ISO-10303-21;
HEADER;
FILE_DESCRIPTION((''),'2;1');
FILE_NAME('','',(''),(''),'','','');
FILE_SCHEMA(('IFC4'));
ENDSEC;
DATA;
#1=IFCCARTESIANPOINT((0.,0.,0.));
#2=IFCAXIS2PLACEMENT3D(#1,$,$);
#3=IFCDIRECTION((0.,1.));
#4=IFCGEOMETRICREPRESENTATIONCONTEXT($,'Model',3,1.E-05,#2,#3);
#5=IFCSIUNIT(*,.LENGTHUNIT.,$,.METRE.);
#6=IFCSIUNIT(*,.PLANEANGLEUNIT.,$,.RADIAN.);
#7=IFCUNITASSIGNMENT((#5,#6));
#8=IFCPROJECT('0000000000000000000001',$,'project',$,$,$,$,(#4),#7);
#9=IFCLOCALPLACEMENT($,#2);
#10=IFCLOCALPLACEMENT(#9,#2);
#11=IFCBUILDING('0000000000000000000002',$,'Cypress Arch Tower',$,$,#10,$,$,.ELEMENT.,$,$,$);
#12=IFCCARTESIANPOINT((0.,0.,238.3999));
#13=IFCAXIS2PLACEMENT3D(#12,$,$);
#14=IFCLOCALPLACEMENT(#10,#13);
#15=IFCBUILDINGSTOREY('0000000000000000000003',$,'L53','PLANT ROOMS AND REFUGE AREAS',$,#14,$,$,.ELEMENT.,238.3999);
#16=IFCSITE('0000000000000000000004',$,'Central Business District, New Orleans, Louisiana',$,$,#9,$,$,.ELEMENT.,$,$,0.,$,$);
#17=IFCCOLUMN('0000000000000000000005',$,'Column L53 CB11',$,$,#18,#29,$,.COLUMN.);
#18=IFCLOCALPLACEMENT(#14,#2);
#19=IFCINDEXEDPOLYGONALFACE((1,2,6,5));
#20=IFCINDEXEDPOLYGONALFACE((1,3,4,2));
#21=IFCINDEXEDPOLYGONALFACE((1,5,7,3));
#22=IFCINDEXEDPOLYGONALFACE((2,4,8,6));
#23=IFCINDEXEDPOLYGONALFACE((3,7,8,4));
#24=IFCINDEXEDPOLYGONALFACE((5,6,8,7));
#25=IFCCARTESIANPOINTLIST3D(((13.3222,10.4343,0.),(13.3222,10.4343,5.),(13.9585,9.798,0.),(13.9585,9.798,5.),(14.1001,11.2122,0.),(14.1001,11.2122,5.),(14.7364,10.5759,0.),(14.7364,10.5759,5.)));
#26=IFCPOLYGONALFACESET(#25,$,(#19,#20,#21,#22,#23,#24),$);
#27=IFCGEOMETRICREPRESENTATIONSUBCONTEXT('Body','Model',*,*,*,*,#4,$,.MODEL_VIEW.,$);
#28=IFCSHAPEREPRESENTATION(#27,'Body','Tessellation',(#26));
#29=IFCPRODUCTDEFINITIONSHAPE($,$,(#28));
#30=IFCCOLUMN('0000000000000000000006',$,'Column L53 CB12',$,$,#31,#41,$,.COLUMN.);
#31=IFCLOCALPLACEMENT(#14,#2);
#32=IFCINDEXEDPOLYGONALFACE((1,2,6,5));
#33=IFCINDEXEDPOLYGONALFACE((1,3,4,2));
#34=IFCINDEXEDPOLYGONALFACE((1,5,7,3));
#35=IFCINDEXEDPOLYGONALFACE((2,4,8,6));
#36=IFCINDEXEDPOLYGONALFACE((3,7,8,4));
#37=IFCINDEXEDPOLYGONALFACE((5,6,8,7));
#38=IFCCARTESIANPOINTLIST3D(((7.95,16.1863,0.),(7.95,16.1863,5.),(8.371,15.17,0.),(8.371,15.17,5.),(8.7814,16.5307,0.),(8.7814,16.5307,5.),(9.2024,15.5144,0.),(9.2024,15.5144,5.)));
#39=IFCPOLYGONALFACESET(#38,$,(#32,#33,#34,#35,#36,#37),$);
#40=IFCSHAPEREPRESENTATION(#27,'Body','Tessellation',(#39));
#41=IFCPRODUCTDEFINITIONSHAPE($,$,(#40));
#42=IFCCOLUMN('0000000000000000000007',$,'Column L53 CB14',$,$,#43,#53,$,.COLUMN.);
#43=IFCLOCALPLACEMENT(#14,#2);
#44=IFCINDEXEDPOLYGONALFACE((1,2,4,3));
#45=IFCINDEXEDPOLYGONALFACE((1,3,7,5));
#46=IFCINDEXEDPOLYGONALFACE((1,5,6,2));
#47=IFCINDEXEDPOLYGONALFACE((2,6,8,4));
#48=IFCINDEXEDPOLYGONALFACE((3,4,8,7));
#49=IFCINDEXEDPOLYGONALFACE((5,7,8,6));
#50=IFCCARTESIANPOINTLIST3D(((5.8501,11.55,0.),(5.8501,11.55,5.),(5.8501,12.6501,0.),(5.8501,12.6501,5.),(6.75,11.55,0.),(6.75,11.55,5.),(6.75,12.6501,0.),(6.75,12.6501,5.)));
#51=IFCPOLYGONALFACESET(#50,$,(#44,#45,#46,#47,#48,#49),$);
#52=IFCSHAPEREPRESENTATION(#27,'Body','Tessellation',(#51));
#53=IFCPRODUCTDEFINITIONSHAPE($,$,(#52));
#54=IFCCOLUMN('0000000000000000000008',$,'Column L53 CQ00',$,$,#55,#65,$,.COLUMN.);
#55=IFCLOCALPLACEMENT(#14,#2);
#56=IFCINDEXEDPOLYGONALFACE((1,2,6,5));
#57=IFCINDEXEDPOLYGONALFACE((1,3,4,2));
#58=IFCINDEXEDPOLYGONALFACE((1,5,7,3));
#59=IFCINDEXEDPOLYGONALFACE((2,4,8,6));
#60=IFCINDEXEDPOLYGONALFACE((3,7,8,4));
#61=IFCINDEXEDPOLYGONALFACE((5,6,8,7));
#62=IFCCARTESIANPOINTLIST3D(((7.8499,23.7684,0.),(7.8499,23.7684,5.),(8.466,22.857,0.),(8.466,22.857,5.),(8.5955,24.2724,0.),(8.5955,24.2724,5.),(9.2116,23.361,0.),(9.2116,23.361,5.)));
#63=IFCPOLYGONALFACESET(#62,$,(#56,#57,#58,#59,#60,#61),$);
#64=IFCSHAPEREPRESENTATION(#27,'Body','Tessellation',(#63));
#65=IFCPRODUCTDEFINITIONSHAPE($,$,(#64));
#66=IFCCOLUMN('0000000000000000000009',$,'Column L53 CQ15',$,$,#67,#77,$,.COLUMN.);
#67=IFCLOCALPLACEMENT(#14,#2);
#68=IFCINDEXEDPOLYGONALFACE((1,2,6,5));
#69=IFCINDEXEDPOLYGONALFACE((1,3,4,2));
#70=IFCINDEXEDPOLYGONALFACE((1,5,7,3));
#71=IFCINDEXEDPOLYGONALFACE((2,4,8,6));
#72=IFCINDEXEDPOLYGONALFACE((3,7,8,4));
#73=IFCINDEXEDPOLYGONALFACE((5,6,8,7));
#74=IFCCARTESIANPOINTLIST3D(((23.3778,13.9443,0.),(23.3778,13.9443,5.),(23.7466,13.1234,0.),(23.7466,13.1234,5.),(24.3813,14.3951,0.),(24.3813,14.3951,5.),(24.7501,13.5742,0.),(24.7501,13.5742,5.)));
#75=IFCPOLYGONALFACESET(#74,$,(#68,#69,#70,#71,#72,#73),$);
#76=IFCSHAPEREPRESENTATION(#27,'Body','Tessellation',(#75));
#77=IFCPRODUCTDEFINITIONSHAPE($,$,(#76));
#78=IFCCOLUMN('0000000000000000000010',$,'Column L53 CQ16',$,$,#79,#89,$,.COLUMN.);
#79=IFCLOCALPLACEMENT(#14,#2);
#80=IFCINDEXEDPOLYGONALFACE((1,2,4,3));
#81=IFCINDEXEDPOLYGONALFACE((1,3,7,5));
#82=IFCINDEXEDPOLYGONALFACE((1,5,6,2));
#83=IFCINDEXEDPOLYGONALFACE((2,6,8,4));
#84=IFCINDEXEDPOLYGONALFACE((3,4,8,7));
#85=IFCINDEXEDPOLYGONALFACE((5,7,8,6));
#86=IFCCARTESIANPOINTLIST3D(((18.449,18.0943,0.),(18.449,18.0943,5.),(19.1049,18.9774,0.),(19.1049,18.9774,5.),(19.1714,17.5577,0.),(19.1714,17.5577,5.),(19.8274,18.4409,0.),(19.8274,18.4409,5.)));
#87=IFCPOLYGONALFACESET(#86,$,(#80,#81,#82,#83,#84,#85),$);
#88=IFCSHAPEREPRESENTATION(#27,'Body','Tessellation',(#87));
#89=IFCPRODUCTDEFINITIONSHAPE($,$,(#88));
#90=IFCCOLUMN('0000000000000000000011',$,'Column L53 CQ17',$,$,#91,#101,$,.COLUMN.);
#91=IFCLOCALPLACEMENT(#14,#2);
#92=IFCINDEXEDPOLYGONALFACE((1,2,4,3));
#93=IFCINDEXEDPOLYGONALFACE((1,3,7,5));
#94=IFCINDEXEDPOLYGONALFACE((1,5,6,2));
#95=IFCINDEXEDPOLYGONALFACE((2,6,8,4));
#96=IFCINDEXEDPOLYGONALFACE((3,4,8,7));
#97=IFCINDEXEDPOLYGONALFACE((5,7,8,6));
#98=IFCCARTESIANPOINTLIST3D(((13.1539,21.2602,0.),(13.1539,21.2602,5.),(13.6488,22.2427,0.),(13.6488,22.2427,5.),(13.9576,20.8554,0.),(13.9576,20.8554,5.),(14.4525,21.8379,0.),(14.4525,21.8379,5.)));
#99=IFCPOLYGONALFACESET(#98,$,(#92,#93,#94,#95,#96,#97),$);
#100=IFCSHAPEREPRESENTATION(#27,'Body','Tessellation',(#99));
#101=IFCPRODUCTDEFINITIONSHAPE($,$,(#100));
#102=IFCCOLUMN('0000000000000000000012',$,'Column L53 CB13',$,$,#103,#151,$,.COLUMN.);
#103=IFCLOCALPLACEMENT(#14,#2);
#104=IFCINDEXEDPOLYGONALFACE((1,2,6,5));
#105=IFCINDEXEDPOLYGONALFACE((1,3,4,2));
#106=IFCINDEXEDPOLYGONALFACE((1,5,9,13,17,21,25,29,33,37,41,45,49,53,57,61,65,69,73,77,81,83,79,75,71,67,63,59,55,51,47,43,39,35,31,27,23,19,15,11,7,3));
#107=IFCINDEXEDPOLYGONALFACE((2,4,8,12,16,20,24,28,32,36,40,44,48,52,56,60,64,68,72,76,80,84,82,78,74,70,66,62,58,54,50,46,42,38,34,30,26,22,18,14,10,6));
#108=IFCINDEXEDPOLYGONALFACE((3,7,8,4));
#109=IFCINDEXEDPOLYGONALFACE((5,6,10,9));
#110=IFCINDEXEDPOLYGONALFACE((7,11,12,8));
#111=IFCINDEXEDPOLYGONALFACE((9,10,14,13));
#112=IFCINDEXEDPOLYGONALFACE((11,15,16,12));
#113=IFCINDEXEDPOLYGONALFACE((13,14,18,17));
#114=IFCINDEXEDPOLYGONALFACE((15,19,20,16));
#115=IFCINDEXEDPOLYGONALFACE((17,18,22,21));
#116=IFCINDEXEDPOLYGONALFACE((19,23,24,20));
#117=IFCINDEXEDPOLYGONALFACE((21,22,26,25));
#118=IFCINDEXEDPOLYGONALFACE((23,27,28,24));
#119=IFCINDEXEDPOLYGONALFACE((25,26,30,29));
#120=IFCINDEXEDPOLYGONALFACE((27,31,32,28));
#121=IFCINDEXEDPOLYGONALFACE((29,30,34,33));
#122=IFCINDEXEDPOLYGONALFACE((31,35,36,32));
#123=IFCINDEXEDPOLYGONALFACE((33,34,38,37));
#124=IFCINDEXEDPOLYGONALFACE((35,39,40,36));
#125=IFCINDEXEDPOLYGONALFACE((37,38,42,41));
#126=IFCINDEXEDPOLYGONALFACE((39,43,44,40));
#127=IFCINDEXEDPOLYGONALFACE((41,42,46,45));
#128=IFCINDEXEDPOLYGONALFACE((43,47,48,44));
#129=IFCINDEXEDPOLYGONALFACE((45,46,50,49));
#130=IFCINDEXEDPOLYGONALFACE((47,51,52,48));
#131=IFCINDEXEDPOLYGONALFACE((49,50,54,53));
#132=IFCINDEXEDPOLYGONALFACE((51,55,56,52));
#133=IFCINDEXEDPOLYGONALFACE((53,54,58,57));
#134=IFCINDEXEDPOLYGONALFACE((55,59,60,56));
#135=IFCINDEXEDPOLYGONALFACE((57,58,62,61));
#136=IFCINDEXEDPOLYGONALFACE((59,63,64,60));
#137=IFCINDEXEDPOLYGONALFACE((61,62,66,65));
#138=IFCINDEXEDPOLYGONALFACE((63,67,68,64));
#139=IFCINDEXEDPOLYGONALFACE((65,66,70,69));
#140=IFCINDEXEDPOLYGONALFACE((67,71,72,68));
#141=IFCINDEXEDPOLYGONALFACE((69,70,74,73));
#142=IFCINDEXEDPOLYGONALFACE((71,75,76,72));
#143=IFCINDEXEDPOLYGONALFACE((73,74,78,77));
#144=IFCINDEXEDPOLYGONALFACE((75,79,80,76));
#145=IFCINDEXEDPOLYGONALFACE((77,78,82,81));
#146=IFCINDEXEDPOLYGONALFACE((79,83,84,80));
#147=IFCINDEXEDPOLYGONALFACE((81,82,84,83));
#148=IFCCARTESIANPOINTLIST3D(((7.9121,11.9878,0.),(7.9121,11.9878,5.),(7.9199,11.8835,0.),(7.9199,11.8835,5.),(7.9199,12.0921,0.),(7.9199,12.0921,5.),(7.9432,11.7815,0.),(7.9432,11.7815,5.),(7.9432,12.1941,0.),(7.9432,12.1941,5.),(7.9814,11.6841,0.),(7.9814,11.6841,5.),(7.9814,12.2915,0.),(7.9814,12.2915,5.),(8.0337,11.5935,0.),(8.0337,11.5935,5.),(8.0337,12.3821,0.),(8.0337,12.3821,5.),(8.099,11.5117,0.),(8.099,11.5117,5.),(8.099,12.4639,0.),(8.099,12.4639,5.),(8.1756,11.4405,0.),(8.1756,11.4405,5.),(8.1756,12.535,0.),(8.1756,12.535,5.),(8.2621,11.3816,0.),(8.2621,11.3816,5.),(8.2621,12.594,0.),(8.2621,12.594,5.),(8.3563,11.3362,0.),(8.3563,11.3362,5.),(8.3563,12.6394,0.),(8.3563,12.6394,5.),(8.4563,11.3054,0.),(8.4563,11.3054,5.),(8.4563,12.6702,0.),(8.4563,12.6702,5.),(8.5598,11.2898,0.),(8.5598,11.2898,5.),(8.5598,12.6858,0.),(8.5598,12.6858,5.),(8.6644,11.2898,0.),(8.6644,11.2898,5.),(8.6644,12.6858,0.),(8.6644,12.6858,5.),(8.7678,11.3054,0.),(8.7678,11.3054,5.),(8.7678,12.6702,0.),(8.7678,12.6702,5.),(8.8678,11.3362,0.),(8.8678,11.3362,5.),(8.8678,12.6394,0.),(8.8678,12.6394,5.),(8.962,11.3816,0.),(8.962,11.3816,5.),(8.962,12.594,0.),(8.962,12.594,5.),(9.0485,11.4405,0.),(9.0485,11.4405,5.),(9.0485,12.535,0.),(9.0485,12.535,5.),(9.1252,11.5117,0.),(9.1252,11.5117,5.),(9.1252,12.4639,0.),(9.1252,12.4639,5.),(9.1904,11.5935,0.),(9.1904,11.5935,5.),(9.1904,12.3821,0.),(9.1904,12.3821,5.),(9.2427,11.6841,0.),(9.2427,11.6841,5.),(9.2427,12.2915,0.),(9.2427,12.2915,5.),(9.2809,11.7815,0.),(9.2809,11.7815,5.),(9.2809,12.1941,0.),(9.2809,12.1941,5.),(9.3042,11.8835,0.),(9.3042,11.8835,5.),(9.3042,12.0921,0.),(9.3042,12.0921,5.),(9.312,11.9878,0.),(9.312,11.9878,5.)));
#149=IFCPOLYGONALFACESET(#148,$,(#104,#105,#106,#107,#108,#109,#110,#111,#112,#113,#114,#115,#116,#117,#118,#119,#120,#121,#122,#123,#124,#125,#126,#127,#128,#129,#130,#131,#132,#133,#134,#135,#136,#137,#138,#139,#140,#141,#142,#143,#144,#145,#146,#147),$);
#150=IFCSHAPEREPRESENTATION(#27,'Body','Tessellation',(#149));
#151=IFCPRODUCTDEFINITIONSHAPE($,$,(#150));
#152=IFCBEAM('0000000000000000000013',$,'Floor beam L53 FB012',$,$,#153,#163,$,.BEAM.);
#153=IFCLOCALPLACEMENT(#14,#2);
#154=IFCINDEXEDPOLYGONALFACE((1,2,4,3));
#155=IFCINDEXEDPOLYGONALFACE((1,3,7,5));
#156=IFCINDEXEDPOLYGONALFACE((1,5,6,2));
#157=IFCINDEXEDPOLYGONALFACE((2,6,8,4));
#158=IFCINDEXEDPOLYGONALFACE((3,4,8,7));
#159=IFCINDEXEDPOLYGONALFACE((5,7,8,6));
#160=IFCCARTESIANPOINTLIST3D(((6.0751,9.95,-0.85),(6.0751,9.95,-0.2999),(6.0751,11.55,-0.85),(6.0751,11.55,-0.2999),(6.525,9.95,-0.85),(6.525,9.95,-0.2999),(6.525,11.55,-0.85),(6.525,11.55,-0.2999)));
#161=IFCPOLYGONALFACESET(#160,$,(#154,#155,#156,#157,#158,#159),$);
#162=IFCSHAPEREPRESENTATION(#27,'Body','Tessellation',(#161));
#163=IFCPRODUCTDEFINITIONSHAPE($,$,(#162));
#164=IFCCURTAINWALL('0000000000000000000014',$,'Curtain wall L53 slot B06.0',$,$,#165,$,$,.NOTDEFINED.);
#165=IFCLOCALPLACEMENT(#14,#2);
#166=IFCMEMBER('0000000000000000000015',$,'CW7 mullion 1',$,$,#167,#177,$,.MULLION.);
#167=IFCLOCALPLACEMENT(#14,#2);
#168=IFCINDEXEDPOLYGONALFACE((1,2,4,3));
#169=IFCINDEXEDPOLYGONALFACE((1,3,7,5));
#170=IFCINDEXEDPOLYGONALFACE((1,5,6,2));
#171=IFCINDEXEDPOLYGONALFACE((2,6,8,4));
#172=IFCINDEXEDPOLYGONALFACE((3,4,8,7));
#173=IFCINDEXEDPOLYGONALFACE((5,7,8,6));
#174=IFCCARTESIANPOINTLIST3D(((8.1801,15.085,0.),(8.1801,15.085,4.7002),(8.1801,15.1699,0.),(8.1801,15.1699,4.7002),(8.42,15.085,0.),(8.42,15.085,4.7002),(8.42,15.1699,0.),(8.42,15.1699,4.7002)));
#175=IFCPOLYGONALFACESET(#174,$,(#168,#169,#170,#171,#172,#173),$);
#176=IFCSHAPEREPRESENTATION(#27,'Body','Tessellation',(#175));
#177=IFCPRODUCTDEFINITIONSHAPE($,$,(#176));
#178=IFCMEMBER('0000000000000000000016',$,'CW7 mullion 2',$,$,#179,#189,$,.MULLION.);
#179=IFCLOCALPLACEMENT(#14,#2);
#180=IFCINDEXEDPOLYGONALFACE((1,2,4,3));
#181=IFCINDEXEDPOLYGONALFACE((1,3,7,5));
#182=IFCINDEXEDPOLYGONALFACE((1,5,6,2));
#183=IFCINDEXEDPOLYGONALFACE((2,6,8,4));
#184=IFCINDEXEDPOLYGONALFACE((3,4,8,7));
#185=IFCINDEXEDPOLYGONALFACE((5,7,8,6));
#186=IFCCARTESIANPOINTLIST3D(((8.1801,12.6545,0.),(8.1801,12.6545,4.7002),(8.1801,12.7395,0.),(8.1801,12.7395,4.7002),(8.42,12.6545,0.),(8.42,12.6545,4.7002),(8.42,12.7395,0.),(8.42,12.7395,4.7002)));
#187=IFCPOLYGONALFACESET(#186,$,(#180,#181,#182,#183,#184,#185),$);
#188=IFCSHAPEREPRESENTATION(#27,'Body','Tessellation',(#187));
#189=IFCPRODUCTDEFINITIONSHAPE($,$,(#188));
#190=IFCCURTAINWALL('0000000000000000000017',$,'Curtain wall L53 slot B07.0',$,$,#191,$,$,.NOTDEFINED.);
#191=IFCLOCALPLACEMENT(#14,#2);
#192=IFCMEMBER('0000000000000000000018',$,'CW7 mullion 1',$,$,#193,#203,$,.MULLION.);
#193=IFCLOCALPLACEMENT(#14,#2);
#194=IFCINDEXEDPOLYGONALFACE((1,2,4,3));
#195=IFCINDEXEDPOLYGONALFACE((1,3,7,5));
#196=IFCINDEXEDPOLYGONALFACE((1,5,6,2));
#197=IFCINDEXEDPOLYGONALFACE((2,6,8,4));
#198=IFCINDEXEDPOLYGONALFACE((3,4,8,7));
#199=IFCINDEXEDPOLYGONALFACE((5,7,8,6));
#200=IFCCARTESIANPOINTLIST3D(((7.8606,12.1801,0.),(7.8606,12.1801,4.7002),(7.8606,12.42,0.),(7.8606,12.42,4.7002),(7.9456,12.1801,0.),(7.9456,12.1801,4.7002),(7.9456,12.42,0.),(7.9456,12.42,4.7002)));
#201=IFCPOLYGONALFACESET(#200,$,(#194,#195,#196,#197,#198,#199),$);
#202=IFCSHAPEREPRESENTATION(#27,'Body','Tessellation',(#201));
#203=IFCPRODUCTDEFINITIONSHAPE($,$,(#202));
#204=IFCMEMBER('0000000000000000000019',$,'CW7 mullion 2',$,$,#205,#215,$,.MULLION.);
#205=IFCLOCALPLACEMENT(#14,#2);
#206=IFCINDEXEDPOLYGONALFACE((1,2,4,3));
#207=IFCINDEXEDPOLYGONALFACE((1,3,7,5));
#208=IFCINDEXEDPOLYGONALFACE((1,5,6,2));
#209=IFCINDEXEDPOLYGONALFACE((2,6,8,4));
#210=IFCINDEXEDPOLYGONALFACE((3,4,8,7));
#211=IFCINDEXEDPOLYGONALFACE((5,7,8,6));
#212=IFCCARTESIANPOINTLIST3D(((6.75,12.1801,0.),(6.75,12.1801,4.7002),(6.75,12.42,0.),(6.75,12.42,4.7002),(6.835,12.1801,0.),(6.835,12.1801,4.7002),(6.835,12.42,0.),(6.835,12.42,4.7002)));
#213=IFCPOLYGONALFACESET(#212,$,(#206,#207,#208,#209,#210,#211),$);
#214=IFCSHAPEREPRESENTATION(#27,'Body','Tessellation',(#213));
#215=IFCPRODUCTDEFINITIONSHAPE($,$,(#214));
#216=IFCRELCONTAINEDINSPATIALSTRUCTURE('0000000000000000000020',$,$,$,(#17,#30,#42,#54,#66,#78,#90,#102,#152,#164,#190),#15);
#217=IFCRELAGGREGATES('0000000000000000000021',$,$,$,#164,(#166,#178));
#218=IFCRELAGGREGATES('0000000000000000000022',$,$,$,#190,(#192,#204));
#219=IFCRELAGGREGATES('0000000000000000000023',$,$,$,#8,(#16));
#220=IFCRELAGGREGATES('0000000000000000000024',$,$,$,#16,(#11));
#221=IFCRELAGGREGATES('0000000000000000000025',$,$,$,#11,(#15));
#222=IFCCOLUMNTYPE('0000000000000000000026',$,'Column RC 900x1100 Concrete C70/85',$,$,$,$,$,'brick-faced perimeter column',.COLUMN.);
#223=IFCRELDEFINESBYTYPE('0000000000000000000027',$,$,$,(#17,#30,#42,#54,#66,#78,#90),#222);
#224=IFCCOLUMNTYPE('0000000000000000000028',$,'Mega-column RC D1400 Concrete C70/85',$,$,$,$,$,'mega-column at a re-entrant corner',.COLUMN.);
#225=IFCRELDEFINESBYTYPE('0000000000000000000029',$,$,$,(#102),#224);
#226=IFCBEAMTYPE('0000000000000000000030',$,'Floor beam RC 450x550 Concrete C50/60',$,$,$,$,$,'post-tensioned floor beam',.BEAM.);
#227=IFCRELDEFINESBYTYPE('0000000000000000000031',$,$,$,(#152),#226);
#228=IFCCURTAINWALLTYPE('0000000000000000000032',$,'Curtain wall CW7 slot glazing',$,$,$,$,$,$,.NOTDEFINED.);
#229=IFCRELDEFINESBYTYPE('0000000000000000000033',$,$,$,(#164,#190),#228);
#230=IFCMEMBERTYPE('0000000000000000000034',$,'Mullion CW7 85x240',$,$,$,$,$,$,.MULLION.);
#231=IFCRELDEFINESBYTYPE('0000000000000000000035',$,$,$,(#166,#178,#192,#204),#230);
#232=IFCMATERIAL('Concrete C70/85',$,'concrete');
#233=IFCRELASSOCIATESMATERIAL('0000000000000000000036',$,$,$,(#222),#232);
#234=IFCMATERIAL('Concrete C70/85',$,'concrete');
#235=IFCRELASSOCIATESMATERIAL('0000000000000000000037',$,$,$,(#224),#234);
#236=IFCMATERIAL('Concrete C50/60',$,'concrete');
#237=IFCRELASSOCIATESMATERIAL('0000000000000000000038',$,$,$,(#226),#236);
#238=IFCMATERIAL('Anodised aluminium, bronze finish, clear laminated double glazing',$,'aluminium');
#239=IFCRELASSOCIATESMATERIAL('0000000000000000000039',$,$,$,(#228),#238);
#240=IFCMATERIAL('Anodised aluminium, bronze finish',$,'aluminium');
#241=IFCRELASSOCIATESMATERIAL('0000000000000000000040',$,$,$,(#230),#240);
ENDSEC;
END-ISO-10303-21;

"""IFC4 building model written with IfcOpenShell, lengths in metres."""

from ifc_helpers import new_model, si_unit, direction, frame, origin, origin_2d, place, context, subcontext, project, spatial, rectangle, circle, extrude, material, material_profile, profile_set, type_object, element, aggregate, save


model = new_model("IFC4")

# Units and contexts
model_context = context("Model", 3, precision=1e-05, world=origin(), true_north=direction((0.0, 1.0)))
body_context = subcontext(model_context, "Body", "Model", "MODEL_VIEW")
ifc_project = project(units=[si_unit("LENGTHUNIT", "METRE"), si_unit("PLANEANGLEUNIT", "RADIAN")], contexts=[model_context])

# Site, building, storey
site_placement = place(None, origin())
site = spatial("IfcSite", under=ifc_project, at=site_placement, Name="Central Business District, New Orleans, Louisiana", CompositionType="ELEMENT", RefElevation=0.0)
building_placement = place(site_placement, origin())
building = spatial("IfcBuilding", under=site, at=building_placement, Name="Cypress Arch Tower", CompositionType="ELEMENT")
storey_placement = place(building_placement, frame((0.0, 0.0, 238.3999)))
storey = spatial("IfcBuildingStorey", under=building, at=storey_placement, Name="L53", Description="PLANT ROOMS AND REFUGE AREAS", CompositionType="ELEMENT", Elevation=238.3999)

# Columns
ifc_material_1 = material(Name="Concrete C70/85", Category="concrete")
ifc_material_profile_1 = material_profile(ifc_material_1, rectangle(XDim=0.8999, YDim=1.1001, at=origin_2d()), Name="RC 900x1100")
ifc_profile_set_1 = profile_set([ifc_material_profile_1], Name="Concrete C70/85")
column_type_1 = type_object("IfcColumnType", Name="Column RC 900x1100 Concrete C70/85", ElementType="brick-faced perimeter column", PredefinedType="COLUMN", material=ifc_profile_set_1)
for number, where, z_axis, x_axis, name in (
    (1, (14.0293, 10.5051, 0.0), (0.0, 0.0, 1.0), (-0.707107, 0.707107, 0.0), "Column L53 CB11"),
    (2, (8.5762, 15.8503, 0.0), (0.0, 0.0, 1.0), (-0.92388, -0.382683, 0.0), "Column L53 CB12"),
    (3, (6.3, 12.1001, 0.0), (0.0, 0.0, 1.0), (-1.0, 0.0, 0.0), "Column L53 CB14"),
    (4, (8.5308, 23.5647, 0.0), (0.0, 0.0, 1.0), (-0.82847, -0.560034, 0.0), "Column L53 CQ00"),
    (5, (24.064, 13.7593, 0.0), (0.0, 0.0, 1.0), (-0.409765, 0.912191, 0.0), "Column L53 CQ15"),
    (6, (19.1382, 18.2676, 0.0), (0.0, 0.0, 1.0), (-0.802799, 0.59625, 0.0), "Column L53 CQ16"),
    (7, (13.8032, 21.5491, 0.0), (0.0, 0.0, 1.0), (-0.893106, 0.449845, 0.0), "Column L53 CQ17"),
):
    element("IfcColumn", number, at=place(storey_placement, frame(where, z_axis=z_axis, x_axis=x_axis)), inside=storey, type_object=column_type_1, Name=name, PredefinedType="COLUMN", context=body_context, shape_type="SweptSolid", body=[
        extrude(rectangle(XDim=0.8999, YDim=1.1001, at=origin_2d()), origin(), (0.0, 0.0, 1.0), 5.0),
    ])
ifc_material_2 = material(Name="Concrete C70/85", Category="concrete")
ifc_material_profile_2 = material_profile(ifc_material_2, circle(Radius=0.7, at=origin_2d()), Name="RC D1400")
ifc_profile_set_2 = profile_set([ifc_material_profile_2], Name="Concrete C70/85")
column_type_2 = type_object("IfcColumnType", Name="Mega-column RC D1400 Concrete C70/85", ElementType="mega-column at a re-entrant corner", PredefinedType="COLUMN", material=ifc_profile_set_2)
column_placement = place(storey_placement, frame((8.6121, 11.9878, 0.0), z_axis=(0.0, 0.0, 1.0), x_axis=(1.0, 0.0, 0.0)))
element("IfcColumn", 8, at=column_placement, inside=storey, type_object=column_type_2, Name="Column L53 CB13", PredefinedType="COLUMN", context=body_context, shape_type="SweptSolid", body=[
    extrude(circle(Radius=0.7, at=origin_2d()), origin(), (0.0, 0.0, 1.0), 5.0),
])

# Beam
ifc_material_3 = material(Name="Concrete C50/60", Category="concrete")
ifc_material_profile_3 = material_profile(ifc_material_3, rectangle(XDim=0.45, YDim=0.55, at=origin_2d()), Name="RC 450x550")
ifc_profile_set_3 = profile_set([ifc_material_profile_3], Name="Concrete C50/60")
beam_type_1 = type_object("IfcBeamType", Name="Floor beam RC 450x550 Concrete C50/60", ElementType="post-tensioned floor beam", PredefinedType="BEAM", material=ifc_profile_set_3)
beam_1_placement = place(storey_placement, frame((6.3, 9.95, -0.575), z_axis=(0.0, 1.0, 0.0), x_axis=(-1.0, 0.0, 0.0)))
element("IfcBeam", 9, at=beam_1_placement, inside=storey, type_object=beam_type_1, Name="Floor beam L53 FB012", PredefinedType="BEAM", context=body_context, shape_type="SweptSolid", body=[
    extrude(rectangle(XDim=0.45, YDim=0.55, at=origin_2d()), origin(), (0.0, 0.0, 1.0), 1.6001),
])

# Curtain walls, members
ifc_material_4 = material(Name="Anodised aluminium, bronze finish, clear laminated double glazing", Category="aluminium")
curtain_wall_type = type_object("IfcCurtainWallType", Name="Curtain wall CW7 slot glazing", PredefinedType="NOTDEFINED", material=ifc_material_4)
curtain_wall_1_placement = place(storey_placement, origin())
curtain_wall_1 = element("IfcCurtainWall", 10, at=curtain_wall_1_placement, inside=storey, type_object=curtain_wall_type, Name="Curtain wall L53 slot B06.0", PredefinedType="NOTDEFINED")
ifc_material_5 = material(Name="Anodised aluminium, bronze finish", Category="aluminium")
ifc_material_profile_4 = material_profile(ifc_material_5, rectangle(XDim=0.24, YDim=0.085, at=origin_2d()), Name="Mullion 85x240")
ifc_profile_set_4 = profile_set([ifc_material_profile_4], Name="Anodised aluminium, bronze finish")
member_type_1 = type_object("IfcMemberType", Name="Mullion CW7 85x240", PredefinedType="MULLION", material=ifc_profile_set_4)
member_1_placement = place(storey_placement, frame((8.3, 15.1274, 0.0), z_axis=(0.0, 0.0, 1.0), x_axis=(1.0, 0.0, 0.0)))
member_1 = element("IfcMember", 11, at=member_1_placement, type_object=member_type_1, Name="CW7 mullion 1", PredefinedType="MULLION", context=body_context, shape_type="SweptSolid", body=[
    extrude(rectangle(XDim=0.24, YDim=0.085, at=origin_2d()), origin(), (0.0, 0.0, 1.0), 4.7002),
])
member_2_placement = place(storey_placement, frame((8.3, 12.697, 0.0), z_axis=(0.0, 0.0, 1.0), x_axis=(1.0, 0.0, 0.0)))
member_2 = element("IfcMember", 12, at=member_2_placement, type_object=member_type_1, Name="CW7 mullion 2", PredefinedType="MULLION", context=body_context, shape_type="SweptSolid", body=[
    extrude(rectangle(XDim=0.24, YDim=0.085, at=origin_2d()), origin(), (0.0, 0.0, 1.0), 4.7002),
])
curtain_wall_2_placement = place(storey_placement, origin())
curtain_wall_2 = element("IfcCurtainWall", 13, at=curtain_wall_2_placement, inside=storey, type_object=curtain_wall_type, Name="Curtain wall L53 slot B07.0", PredefinedType="NOTDEFINED")
member_3_placement = place(storey_placement, frame((7.9031, 12.3, 0.0), z_axis=(0.0, 0.0, 1.0), x_axis=(0.0, -1.0, 0.0)))
member_3 = element("IfcMember", 14, at=member_3_placement, type_object=member_type_1, Name="CW7 mullion 1", PredefinedType="MULLION", context=body_context, shape_type="SweptSolid", body=[
    extrude(rectangle(XDim=0.24, YDim=0.085, at=origin_2d()), origin(), (0.0, 0.0, 1.0), 4.7002),
])
member_4_placement = place(storey_placement, frame((6.7925, 12.3, 0.0), z_axis=(0.0, 0.0, 1.0), x_axis=(0.0, -1.0, 0.0)))
member_4 = element("IfcMember", 15, at=member_4_placement, type_object=member_type_1, Name="CW7 mullion 2", PredefinedType="MULLION", context=body_context, shape_type="SweptSolid", body=[
    extrude(rectangle(XDim=0.24, YDim=0.085, at=origin_2d()), origin(), (0.0, 0.0, 1.0), 4.7002),
])

aggregate(curtain_wall_1, [member_1, member_2])
aggregate(curtain_wall_2, [member_3, member_4])

save(model, "model.ifc")
